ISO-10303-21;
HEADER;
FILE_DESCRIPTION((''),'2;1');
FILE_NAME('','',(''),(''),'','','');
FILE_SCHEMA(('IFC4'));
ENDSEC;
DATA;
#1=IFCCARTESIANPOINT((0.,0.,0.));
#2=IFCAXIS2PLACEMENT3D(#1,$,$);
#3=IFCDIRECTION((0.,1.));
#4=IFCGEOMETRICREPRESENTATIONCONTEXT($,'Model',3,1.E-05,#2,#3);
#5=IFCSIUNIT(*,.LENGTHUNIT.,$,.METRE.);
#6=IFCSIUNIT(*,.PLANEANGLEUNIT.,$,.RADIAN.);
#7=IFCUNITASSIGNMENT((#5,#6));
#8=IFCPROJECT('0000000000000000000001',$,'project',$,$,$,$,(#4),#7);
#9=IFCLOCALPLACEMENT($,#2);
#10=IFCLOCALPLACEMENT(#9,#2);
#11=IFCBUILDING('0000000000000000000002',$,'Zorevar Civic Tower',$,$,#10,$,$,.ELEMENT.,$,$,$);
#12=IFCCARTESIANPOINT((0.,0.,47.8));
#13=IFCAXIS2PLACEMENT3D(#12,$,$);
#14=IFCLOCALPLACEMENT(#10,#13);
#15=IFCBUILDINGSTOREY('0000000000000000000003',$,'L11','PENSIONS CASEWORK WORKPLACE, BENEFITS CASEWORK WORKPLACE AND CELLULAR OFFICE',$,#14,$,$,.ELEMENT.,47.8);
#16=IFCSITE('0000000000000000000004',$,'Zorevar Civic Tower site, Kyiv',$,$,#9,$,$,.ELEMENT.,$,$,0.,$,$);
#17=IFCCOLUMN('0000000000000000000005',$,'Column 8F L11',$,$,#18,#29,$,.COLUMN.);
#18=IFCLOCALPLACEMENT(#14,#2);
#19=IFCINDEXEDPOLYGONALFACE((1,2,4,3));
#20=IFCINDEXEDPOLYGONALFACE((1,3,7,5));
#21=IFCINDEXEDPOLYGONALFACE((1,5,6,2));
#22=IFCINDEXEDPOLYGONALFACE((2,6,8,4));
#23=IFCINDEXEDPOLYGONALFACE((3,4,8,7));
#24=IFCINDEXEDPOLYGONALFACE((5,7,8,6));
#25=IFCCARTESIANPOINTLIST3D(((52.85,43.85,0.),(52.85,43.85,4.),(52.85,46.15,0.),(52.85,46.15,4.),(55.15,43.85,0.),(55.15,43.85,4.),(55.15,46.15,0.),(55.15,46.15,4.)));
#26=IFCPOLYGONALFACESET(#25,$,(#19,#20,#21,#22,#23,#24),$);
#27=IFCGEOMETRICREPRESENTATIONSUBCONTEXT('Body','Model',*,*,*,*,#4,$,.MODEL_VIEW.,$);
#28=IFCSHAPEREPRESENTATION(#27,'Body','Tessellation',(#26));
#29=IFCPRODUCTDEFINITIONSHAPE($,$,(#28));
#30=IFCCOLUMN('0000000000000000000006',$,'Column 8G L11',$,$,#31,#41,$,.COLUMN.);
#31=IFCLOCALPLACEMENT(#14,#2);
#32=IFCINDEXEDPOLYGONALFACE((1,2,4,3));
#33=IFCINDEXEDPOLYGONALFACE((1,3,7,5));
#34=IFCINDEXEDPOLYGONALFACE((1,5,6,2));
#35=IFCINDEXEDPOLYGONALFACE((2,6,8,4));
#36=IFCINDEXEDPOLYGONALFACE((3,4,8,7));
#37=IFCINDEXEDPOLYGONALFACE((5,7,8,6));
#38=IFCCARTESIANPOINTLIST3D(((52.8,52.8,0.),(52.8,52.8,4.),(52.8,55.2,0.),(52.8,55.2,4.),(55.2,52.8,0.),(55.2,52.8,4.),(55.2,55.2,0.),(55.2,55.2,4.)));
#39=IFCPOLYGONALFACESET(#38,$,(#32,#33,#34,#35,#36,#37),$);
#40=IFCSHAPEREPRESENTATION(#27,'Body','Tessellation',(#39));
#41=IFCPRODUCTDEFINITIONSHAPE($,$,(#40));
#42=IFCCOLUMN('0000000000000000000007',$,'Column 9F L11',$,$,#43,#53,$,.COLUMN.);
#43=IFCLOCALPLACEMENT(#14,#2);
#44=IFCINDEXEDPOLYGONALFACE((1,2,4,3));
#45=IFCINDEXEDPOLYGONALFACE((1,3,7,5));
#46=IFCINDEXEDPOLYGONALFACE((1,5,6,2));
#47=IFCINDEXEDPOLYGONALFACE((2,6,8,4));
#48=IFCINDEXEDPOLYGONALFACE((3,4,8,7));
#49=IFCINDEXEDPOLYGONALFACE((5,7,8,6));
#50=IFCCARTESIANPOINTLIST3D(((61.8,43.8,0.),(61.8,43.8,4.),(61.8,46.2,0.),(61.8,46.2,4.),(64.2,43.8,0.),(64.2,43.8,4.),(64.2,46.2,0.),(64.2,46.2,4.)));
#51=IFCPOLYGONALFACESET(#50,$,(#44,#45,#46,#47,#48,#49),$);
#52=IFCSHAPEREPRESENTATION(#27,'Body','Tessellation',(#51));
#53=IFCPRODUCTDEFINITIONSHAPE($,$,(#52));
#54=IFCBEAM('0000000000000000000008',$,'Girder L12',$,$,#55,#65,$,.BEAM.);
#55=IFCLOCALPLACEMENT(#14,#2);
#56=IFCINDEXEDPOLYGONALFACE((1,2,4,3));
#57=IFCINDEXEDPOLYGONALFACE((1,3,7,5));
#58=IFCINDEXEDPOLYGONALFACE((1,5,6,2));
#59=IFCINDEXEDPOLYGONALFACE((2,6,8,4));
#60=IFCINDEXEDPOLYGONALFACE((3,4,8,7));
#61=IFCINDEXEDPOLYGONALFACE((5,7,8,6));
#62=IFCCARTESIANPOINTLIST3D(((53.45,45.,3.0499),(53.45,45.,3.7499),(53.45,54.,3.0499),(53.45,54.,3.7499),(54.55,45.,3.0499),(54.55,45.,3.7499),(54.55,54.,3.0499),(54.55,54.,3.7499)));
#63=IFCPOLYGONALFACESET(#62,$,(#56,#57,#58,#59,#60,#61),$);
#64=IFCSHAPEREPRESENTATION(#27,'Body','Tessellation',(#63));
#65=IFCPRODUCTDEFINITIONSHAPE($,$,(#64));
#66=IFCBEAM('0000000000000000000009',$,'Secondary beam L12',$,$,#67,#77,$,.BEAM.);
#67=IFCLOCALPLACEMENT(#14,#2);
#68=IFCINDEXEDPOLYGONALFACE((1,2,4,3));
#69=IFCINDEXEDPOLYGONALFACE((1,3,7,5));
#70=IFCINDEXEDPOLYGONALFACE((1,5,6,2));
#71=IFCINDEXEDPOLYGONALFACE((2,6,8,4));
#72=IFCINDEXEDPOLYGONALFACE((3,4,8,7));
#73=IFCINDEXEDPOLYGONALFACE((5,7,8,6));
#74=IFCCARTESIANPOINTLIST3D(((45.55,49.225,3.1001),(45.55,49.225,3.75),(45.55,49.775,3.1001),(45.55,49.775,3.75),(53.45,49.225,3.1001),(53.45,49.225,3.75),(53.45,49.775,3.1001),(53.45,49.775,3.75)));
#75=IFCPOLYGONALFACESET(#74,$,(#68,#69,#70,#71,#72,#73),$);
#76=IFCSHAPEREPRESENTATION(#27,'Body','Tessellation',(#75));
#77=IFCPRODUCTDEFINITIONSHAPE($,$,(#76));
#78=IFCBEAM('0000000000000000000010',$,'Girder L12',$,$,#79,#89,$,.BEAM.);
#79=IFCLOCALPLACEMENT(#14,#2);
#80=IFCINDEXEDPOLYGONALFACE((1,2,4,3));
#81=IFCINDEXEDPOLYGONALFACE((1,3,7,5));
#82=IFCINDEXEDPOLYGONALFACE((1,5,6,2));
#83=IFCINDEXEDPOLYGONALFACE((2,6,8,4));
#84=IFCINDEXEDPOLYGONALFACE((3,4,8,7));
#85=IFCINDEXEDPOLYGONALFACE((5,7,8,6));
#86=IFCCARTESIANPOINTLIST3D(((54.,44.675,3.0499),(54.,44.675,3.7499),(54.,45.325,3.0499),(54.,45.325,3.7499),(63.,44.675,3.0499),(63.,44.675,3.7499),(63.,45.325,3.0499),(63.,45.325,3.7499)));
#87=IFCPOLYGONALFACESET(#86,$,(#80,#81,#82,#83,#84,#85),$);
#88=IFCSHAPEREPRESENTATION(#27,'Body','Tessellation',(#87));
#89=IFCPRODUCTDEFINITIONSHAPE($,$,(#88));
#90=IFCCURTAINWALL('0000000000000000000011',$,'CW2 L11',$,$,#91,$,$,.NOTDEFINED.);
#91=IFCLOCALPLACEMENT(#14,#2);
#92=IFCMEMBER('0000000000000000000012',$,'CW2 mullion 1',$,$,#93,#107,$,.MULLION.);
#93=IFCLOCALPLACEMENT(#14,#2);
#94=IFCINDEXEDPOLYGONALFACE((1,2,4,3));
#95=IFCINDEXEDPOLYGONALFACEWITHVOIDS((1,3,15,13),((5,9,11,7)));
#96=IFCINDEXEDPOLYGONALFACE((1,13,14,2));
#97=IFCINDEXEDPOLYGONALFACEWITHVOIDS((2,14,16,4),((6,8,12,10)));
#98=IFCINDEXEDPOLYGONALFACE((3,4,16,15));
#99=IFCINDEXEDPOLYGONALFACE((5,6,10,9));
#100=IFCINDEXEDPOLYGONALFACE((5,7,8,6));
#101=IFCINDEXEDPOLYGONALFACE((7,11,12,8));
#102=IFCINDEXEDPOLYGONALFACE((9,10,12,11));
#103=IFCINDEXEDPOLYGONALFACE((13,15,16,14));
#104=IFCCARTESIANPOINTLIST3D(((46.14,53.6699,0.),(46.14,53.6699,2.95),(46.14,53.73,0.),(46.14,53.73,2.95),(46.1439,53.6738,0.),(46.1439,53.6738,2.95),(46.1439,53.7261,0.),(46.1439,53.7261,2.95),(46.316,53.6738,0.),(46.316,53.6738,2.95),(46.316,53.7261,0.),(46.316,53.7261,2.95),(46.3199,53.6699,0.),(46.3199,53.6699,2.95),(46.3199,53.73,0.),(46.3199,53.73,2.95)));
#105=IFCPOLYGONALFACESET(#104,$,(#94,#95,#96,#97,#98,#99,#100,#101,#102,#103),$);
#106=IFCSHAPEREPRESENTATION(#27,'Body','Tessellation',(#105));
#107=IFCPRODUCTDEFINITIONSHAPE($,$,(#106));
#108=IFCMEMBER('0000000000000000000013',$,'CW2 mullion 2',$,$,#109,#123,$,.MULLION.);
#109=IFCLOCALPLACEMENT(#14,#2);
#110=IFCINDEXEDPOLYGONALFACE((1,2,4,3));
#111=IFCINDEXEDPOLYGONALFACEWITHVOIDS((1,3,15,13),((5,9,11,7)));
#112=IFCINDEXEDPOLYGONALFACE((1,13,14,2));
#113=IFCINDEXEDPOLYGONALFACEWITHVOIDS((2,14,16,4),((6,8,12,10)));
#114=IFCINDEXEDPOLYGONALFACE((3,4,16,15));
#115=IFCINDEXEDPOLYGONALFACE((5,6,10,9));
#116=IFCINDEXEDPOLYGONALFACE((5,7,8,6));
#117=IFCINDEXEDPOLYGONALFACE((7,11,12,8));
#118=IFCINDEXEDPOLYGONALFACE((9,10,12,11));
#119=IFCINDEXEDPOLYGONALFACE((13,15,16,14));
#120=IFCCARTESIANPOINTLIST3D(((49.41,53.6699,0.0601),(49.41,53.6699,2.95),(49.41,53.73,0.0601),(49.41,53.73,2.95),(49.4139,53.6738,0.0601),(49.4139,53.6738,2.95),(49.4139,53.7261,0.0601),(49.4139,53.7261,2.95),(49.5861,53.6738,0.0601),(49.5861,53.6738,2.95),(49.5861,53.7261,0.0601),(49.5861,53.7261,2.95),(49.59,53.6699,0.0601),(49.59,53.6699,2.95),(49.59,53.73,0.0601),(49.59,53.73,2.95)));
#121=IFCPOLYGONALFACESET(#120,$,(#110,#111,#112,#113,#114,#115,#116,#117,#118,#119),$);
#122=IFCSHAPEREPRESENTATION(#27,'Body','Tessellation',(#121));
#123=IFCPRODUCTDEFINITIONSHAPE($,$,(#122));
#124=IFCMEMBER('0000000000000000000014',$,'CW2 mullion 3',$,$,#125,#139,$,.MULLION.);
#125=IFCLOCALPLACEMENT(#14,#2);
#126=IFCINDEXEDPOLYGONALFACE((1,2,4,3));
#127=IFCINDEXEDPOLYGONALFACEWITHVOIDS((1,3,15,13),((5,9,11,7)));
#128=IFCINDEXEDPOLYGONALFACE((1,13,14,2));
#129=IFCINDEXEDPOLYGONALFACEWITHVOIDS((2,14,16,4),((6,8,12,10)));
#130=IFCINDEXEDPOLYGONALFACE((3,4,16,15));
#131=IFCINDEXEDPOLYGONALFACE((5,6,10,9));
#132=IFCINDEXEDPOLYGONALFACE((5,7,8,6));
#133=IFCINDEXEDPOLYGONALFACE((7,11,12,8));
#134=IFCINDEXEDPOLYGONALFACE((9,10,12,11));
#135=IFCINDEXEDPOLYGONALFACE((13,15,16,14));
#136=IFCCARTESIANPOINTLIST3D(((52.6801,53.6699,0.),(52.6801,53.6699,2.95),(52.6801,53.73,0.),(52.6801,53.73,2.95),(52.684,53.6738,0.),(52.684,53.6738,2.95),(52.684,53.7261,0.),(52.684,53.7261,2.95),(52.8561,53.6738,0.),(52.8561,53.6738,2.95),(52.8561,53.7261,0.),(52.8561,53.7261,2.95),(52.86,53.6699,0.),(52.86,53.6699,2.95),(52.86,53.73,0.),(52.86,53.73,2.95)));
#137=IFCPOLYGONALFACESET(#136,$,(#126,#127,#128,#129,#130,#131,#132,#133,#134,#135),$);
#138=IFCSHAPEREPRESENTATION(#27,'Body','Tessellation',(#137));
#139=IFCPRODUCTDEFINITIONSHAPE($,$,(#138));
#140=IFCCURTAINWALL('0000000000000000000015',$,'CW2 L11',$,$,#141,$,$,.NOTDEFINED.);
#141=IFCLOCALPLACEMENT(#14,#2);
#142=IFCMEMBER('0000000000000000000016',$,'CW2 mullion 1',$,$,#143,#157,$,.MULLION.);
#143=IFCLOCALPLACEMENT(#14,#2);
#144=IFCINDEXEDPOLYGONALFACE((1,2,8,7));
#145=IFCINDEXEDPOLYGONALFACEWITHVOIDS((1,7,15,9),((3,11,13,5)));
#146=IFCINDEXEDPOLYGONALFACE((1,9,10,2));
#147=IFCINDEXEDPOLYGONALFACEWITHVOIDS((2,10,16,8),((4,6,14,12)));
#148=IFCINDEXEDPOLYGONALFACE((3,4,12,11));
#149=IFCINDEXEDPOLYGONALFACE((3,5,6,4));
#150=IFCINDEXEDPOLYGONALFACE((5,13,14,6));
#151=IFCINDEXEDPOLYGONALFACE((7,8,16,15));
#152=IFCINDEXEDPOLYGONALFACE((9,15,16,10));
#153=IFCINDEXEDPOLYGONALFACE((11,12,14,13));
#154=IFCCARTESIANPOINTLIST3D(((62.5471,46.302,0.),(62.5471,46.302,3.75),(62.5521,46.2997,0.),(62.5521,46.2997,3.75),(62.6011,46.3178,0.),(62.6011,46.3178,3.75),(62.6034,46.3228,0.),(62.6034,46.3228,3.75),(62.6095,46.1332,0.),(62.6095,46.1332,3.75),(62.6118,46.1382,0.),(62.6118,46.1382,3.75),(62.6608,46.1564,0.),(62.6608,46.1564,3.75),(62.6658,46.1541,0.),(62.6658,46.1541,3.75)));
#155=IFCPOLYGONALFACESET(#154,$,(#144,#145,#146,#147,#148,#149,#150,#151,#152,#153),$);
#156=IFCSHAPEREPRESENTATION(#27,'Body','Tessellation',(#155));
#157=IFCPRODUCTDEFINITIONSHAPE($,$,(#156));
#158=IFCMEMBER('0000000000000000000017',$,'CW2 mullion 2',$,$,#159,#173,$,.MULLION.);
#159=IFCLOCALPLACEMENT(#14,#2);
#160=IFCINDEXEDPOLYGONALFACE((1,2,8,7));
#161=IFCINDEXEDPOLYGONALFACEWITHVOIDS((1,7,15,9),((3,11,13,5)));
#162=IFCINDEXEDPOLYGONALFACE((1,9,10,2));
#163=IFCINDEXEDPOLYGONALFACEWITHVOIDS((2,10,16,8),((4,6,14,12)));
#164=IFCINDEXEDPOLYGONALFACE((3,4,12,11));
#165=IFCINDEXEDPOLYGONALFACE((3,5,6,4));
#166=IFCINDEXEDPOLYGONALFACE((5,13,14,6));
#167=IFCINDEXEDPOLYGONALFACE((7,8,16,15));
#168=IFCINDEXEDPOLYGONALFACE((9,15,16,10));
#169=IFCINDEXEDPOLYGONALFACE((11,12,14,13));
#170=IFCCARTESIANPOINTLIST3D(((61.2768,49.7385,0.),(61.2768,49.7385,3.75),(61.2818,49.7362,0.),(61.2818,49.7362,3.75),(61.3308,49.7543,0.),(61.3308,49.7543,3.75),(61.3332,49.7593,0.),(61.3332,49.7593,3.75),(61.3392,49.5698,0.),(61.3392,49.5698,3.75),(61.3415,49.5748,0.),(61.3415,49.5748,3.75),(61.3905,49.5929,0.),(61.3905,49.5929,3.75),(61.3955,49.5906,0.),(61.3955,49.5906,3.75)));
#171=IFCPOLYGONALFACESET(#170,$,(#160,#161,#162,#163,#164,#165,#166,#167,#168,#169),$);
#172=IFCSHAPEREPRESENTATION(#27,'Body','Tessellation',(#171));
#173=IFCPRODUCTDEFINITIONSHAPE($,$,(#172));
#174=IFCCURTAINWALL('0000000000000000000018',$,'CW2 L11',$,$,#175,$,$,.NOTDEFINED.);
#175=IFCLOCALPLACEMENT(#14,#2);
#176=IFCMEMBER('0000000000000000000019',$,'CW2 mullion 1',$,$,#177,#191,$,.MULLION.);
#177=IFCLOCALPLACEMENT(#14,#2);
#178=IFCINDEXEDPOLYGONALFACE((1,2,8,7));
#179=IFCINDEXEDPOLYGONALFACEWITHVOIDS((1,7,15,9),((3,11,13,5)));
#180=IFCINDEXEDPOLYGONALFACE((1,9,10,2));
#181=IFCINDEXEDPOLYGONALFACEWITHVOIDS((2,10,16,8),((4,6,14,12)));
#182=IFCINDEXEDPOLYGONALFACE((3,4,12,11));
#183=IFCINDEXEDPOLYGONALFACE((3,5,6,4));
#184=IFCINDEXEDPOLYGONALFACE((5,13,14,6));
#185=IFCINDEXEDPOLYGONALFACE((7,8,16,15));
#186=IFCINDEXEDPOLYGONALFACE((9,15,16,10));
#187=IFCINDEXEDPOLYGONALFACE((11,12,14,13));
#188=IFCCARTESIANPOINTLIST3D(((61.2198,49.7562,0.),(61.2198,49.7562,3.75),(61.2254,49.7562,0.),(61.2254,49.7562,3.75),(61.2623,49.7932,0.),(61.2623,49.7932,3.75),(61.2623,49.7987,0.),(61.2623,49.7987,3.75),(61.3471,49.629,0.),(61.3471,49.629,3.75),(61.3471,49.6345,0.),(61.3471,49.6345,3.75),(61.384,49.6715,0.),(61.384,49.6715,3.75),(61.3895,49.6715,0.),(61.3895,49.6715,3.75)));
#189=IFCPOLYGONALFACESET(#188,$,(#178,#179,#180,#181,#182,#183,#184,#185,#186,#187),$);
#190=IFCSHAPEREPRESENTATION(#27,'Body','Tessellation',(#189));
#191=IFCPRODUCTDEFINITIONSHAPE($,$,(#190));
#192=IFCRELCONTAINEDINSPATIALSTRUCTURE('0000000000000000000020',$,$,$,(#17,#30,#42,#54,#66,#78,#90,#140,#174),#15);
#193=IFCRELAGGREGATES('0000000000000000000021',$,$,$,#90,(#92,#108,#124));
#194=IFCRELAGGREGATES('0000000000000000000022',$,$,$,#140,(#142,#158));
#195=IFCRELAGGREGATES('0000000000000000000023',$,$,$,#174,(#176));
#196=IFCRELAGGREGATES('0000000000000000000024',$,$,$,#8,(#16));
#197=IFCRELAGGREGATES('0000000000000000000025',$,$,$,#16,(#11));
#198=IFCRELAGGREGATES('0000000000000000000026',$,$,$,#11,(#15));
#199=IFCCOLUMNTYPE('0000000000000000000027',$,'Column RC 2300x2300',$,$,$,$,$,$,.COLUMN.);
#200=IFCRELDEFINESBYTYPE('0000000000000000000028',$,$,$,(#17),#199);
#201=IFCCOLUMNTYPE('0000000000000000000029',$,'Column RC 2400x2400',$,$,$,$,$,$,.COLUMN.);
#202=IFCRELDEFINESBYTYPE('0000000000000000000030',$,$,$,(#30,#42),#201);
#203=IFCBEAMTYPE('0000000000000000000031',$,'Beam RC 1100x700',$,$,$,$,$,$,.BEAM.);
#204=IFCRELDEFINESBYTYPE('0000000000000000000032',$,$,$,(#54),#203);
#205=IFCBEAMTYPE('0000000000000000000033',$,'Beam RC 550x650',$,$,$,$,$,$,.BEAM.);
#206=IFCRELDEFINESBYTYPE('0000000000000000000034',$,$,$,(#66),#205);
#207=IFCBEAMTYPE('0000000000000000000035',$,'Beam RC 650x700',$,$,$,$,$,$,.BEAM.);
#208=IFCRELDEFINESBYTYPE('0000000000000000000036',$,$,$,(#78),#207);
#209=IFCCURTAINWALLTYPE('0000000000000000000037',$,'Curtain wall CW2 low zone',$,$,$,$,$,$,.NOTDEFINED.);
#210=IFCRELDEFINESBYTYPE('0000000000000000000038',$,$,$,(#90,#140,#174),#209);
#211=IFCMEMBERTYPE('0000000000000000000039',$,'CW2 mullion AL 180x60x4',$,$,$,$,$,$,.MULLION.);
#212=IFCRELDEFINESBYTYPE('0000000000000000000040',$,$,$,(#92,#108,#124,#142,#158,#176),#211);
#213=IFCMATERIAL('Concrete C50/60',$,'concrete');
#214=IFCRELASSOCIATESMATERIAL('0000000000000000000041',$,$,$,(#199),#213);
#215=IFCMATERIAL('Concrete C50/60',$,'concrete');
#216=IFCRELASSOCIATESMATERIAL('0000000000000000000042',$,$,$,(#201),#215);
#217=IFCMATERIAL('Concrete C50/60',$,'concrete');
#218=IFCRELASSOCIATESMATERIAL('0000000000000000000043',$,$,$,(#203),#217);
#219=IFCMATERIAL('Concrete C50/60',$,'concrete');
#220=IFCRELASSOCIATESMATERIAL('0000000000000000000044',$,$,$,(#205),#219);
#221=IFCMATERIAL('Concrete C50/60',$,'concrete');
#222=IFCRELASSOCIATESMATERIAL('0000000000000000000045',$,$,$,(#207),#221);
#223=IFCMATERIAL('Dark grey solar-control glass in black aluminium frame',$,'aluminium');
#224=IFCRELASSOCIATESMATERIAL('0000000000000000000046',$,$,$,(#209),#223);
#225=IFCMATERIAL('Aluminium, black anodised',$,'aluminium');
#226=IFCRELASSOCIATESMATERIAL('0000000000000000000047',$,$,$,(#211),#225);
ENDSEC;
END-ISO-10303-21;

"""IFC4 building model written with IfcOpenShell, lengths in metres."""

from ifc_helpers import new_model, si_unit, direction, frame, origin, origin_2d, place, context, subcontext, project, spatial, rectangle, hollow_rectangle, extrude, material, material_profile, profile_set, type_object, element, aggregate, save


model = new_model("IFC4")

# Units and contexts
model_context = context("Model", 3, precision=1e-05, world=origin(), true_north=direction((0.0, 1.0)))
body_context = subcontext(model_context, "Body", "Model", "MODEL_VIEW")
ifc_project = project(units=[si_unit("LENGTHUNIT", "METRE"), si_unit("PLANEANGLEUNIT", "RADIAN")], contexts=[model_context])

# Site, building, storey
site_placement = place(None, origin())
site = spatial("IfcSite", under=ifc_project, at=site_placement, Name="Zorevar Civic Tower site, Kyiv", CompositionType="ELEMENT", RefElevation=0.0)
building_placement = place(site_placement, origin())
building = spatial("IfcBuilding", under=site, at=building_placement, Name="Zorevar Civic Tower", CompositionType="ELEMENT")
storey_placement = place(building_placement, frame((0.0, 0.0, 47.8)))
storey = spatial("IfcBuildingStorey", under=building, at=storey_placement, Name="L11", Description="PENSIONS CASEWORK WORKPLACE, BENEFITS CASEWORK WORKPLACE AND CELLULAR OFFICE", CompositionType="ELEMENT", Elevation=47.8)

# Columns
ifc_material_1 = material(Name="Concrete C50/60", Category="concrete")
ifc_material_profile_1 = material_profile(ifc_material_1, rectangle(XDim=2.3, YDim=2.3, at=origin_2d()), Name="RC 2300x2300")
ifc_profile_set_1 = profile_set([ifc_material_profile_1], Name="Concrete C50/60")
column_type_1 = type_object("IfcColumnType", Name="Column RC 2300x2300", PredefinedType="COLUMN", material=ifc_profile_set_1)
column_placement = place(storey_placement, frame((54.0, 45.0, 0.0), z_axis=(0.0, 0.0, 1.0), x_axis=(1.0, 0.0, 0.0)))
element("IfcColumn", 1, at=column_placement, inside=storey, type_object=column_type_1, Name="Column 8F L11", PredefinedType="COLUMN", context=body_context, shape_type="SweptSolid", body=[
    extrude(rectangle(XDim=2.3, YDim=2.3, at=origin_2d()), origin(), (0.0, 0.0, 1.0), 4.0),
])
ifc_material_2 = material(Name="Concrete C50/60", Category="concrete")
ifc_material_profile_2 = material_profile(ifc_material_2, rectangle(XDim=2.3999, YDim=2.3999, at=origin_2d()), Name="RC 2400x2400")
ifc_profile_set_2 = profile_set([ifc_material_profile_2], Name="Concrete C50/60")
column_type_2 = type_object("IfcColumnType", Name="Column RC 2400x2400", PredefinedType="COLUMN", material=ifc_profile_set_2)
for number, where, z_axis, x_axis, name in (
    (2, (54.0, 54.0, 0.0), (0.0, 0.0, 1.0), (1.0, 0.0, 0.0), "Column 8G L11"),
    (3, (63.0, 45.0, 0.0), (0.0, 0.0, 1.0), (1.0, 0.0, 0.0), "Column 9F L11"),
):
    element("IfcColumn", number, at=place(storey_placement, frame(where, z_axis=z_axis, x_axis=x_axis)), inside=storey, type_object=column_type_2, Name=name, PredefinedType="COLUMN", context=body_context, shape_type="SweptSolid", body=[
        extrude(rectangle(XDim=2.3999, YDim=2.3999, at=origin_2d()), origin(), (0.0, 0.0, 1.0), 4.0),
    ])

# Beams
ifc_material_3 = material(Name="Concrete C50/60", Category="concrete")
ifc_material_profile_3 = material_profile(ifc_material_3, rectangle(XDim=1.1001, YDim=0.7, at=origin_2d()), Name="RC 1100x700")
ifc_profile_set_3 = profile_set([ifc_material_profile_3], Name="Concrete C50/60")
beam_type_1 = type_object("IfcBeamType", Name="Beam RC 1100x700", PredefinedType="BEAM", material=ifc_profile_set_3)
beam_1_placement = place(storey_placement, frame((54.0, 45.0, 3.3999), z_axis=(0.0, 1.0, 0.0), x_axis=(-1.0, 0.0, 0.0)))
element("IfcBeam", 4, at=beam_1_placement, inside=storey, type_object=beam_type_1, Name="Girder L12", PredefinedType="BEAM", context=body_context, shape_type="SweptSolid", body=[
    extrude(rectangle(XDim=1.1001, YDim=0.7, at=origin_2d()), origin(), (0.0, 0.0, 1.0), 9.0),
])
ifc_material_4 = material(Name="Concrete C50/60", Category="concrete")
ifc_material_profile_4 = material_profile(ifc_material_4, rectangle(XDim=0.55, YDim=0.6499, at=origin_2d()), Name="RC 550x650")
ifc_profile_set_4 = profile_set([ifc_material_profile_4], Name="Concrete C50/60")
beam_type_2 = type_object("IfcBeamType", Name="Beam RC 550x650", PredefinedType="BEAM", material=ifc_profile_set_4)
beam_2_placement = place(storey_placement, frame((45.55, 49.5, 3.425), z_axis=(1.0, 0.0, 0.0), x_axis=(0.0, 1.0, 0.0)))
element("IfcBeam", 5, at=beam_2_placement, inside=storey, type_object=beam_type_2, Name="Secondary beam L12", PredefinedType="BEAM", context=body_context, shape_type="SweptSolid", body=[
    extrude(rectangle(XDim=0.55, YDim=0.6499, at=origin_2d()), origin(), (0.0, 0.0, 1.0), 7.8999),
])
ifc_material_5 = material(Name="Concrete C50/60", Category="concrete")
ifc_material_profile_5 = material_profile(ifc_material_5, rectangle(XDim=0.6499, YDim=0.7, at=origin_2d()), Name="RC 650x700")
ifc_profile_set_5 = profile_set([ifc_material_profile_5], Name="Concrete C50/60")
beam_type_3 = type_object("IfcBeamType", Name="Beam RC 650x700", PredefinedType="BEAM", material=ifc_profile_set_5)
beam_3_placement = place(storey_placement, frame((54.0, 45.0, 3.3999), z_axis=(1.0, 0.0, 0.0), x_axis=(0.0, 1.0, 0.0)))
element("IfcBeam", 6, at=beam_3_placement, inside=storey, type_object=beam_type_3, Name="Girder L12", PredefinedType="BEAM", context=body_context, shape_type="SweptSolid", body=[
    extrude(rectangle(XDim=0.6499, YDim=0.7, at=origin_2d()), origin(), (0.0, 0.0, 1.0), 9.0),
])

# Curtain walls, members
ifc_material_6 = material(Name="Dark grey solar-control glass in black aluminium frame", Category="aluminium")
curtain_wall_type = type_object("IfcCurtainWallType", Name="Curtain wall CW2 low zone", PredefinedType="NOTDEFINED", material=ifc_material_6)
curtain_wall_1_placement = place(storey_placement, origin())
curtain_wall_1 = element("IfcCurtainWall", 7, at=curtain_wall_1_placement, inside=storey, type_object=curtain_wall_type, Name="CW2 L11", PredefinedType="NOTDEFINED")
ifc_material_7 = material(Name="Aluminium, black anodised", Category="aluminium")
ifc_material_profile_6 = material_profile(ifc_material_7, hollow_rectangle(XDim=0.0601, YDim=0.1799, WallThickness=0.0039, at=origin_2d()), Name="AL 180x60x4")
ifc_profile_set_6 = profile_set([ifc_material_profile_6], Name="Aluminium, black anodised")
member_type_1 = type_object("IfcMemberType", Name="CW2 mullion AL 180x60x4", PredefinedType="MULLION", material=ifc_profile_set_6)
member_1_placement = place(storey_placement, frame((46.23, 53.7, 0.0), z_axis=(0.0, 0.0, 1.0), x_axis=(0.0, 1.0, 0.0)))
member_1 = element("IfcMember", 8, at=member_1_placement, type_object=member_type_1, Name="CW2 mullion 1", PredefinedType="MULLION", context=body_context, shape_type="SweptSolid", body=[
    extrude(hollow_rectangle(XDim=0.0601, YDim=0.1799, WallThickness=0.0039, at=origin_2d()), origin(), (0.0, 0.0, 1.0), 2.95),
])
member_2_placement = place(storey_placement, frame((49.5, 53.7, 0.0601), z_axis=(0.0, 0.0, 1.0), x_axis=(0.0, 1.0, 0.0)))
member_2 = element("IfcMember", 9, at=member_2_placement, type_object=member_type_1, Name="CW2 mullion 2", PredefinedType="MULLION", context=body_context, shape_type="SweptSolid", body=[
    extrude(hollow_rectangle(XDim=0.0601, YDim=0.1799, WallThickness=0.0039, at=origin_2d()), origin(), (0.0, 0.0, 1.0), 2.8899),
])
member_3_placement = place(storey_placement, frame((52.77, 53.7, 0.0), z_axis=(0.0, 0.0, 1.0), x_axis=(0.0, 1.0, 0.0)))
member_3 = element("IfcMember", 10, at=member_3_placement, type_object=member_type_1, Name="CW2 mullion 3", PredefinedType="MULLION", context=body_context, shape_type="SweptSolid", body=[
    extrude(hollow_rectangle(XDim=0.0601, YDim=0.1799, WallThickness=0.0039, at=origin_2d()), origin(), (0.0, 0.0, 1.0), 2.95),
])
curtain_wall_2_placement = place(storey_placement, origin())
curtain_wall_2 = element("IfcCurtainWall", 11, at=curtain_wall_2_placement, inside=storey, type_object=curtain_wall_type, Name="CW2 L11", PredefinedType="NOTDEFINED")
member_4_placement = place(storey_placement, frame((62.6064, 46.228, 0.0), z_axis=(0.0, 0.0, 1.0), x_axis=(-0.937975, -0.346704, 0.0)))
member_4 = element("IfcMember", 12, at=member_4_placement, type_object=member_type_1, Name="CW2 mullion 1", PredefinedType="MULLION", context=body_context, shape_type="SweptSolid", body=[
    extrude(hollow_rectangle(XDim=0.0601, YDim=0.1799, WallThickness=0.0039, at=origin_2d()), origin(), (0.0, 0.0, 1.0), 3.75),
])
member_5_placement = place(storey_placement, frame((61.3362, 49.6646, 0.0), z_axis=(0.0, 0.0, 1.0), x_axis=(-0.937975, -0.346704, 0.0)))
member_5 = element("IfcMember", 13, at=member_5_placement, type_object=member_type_1, Name="CW2 mullion 2", PredefinedType="MULLION", context=body_context, shape_type="SweptSolid", body=[
    extrude(hollow_rectangle(XDim=0.0601, YDim=0.1799, WallThickness=0.0039, at=origin_2d()), origin(), (0.0, 0.0, 1.0), 3.75),
])
curtain_wall_3_placement = place(storey_placement, origin())
curtain_wall_3 = element("IfcCurtainWall", 14, at=curtain_wall_3_placement, inside=storey, type_object=curtain_wall_type, Name="CW2 L11", PredefinedType="NOTDEFINED")
member_6_placement = place(storey_placement, frame((61.3047, 49.7139, 0.0), z_axis=(0.0, 0.0, 1.0), x_axis=(-0.707107, -0.707107, 0.0)))
member_6 = element("IfcMember", 15, at=member_6_placement, type_object=member_type_1, Name="CW2 mullion 1", PredefinedType="MULLION", context=body_context, shape_type="SweptSolid", body=[
    extrude(hollow_rectangle(XDim=0.0601, YDim=0.1799, WallThickness=0.0039, at=origin_2d()), origin(), (0.0, 0.0, 1.0), 3.75),
])

aggregate(curtain_wall_1, [member_1, member_2, member_3])
aggregate(curtain_wall_2, [member_4, member_5])
aggregate(curtain_wall_3, [member_6])

save(model, "model.ifc")
